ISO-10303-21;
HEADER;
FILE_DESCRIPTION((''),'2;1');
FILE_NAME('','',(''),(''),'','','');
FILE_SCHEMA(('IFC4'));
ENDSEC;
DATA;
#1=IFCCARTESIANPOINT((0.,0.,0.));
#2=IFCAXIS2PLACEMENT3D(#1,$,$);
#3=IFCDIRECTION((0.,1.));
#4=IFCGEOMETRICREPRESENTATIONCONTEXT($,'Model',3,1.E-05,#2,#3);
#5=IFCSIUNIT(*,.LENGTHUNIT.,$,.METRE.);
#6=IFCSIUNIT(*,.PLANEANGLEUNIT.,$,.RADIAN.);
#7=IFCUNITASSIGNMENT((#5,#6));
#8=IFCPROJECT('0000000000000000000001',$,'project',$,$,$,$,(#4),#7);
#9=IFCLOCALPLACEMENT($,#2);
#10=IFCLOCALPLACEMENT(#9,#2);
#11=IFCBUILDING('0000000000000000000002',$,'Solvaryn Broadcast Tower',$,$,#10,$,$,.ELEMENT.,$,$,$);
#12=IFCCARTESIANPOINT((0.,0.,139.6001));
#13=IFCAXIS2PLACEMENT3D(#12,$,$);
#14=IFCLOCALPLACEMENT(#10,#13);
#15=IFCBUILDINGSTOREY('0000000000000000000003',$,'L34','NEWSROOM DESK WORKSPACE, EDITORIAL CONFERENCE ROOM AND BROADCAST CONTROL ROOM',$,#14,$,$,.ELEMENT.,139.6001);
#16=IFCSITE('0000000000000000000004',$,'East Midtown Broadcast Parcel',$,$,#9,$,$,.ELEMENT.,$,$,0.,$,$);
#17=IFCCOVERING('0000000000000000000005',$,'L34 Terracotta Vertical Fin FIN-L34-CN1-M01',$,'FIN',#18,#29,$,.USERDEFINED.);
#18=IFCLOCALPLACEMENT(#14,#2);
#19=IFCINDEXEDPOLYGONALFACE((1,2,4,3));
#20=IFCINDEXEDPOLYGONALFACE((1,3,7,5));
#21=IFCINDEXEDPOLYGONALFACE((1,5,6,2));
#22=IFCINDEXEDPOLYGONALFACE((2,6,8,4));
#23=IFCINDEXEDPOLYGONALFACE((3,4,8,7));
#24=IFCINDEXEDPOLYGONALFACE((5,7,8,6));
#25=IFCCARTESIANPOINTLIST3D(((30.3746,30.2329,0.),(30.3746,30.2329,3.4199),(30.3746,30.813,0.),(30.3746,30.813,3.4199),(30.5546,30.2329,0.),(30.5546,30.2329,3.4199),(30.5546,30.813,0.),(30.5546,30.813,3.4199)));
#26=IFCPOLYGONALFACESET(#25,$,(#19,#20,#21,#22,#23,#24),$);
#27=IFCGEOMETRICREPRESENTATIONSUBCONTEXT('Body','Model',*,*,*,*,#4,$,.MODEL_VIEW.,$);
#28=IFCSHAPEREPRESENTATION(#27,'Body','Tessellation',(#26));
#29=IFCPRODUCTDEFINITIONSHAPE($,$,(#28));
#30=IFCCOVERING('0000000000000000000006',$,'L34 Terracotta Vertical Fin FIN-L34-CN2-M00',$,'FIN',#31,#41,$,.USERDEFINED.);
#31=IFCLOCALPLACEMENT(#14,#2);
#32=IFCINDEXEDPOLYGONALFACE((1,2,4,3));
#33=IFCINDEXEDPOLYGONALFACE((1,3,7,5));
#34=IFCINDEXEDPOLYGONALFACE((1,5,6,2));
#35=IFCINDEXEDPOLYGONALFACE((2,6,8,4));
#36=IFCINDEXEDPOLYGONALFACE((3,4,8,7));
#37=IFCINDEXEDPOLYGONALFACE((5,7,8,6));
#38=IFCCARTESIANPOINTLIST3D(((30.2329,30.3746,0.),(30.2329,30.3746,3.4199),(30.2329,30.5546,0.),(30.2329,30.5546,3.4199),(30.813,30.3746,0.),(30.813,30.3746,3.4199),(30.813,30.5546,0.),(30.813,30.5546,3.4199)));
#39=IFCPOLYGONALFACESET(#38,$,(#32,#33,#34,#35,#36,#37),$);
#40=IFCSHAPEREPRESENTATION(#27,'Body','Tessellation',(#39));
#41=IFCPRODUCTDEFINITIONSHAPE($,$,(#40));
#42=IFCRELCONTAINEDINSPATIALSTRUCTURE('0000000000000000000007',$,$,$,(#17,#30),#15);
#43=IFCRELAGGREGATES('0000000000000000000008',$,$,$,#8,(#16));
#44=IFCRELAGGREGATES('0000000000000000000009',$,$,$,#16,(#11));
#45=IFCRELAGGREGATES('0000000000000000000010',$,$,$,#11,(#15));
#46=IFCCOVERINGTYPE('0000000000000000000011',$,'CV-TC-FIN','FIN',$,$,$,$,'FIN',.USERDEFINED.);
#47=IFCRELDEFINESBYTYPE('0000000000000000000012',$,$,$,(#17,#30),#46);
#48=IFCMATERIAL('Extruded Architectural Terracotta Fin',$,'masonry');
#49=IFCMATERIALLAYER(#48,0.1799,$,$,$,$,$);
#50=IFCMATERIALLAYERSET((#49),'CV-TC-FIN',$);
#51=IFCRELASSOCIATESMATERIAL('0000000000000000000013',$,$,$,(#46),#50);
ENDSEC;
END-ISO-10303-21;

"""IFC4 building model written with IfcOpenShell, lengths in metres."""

from ifc_helpers import new_model, si_unit, direction, frame, origin, origin_2d, place, context, subcontext, project, spatial, rectangle, extrude, material, layer, layer_set, type_object, element, save


model = new_model("IFC4")

# Units and contexts
model_context = context("Model", 3, precision=1e-05, world=origin(), true_north=direction((0.0, 1.0)))
body_context = subcontext(model_context, "Body", "Model", "MODEL_VIEW")
ifc_project = project(units=[si_unit("LENGTHUNIT", "METRE"), si_unit("PLANEANGLEUNIT", "RADIAN")], contexts=[model_context])

# Site, building, storey
site_placement = place(None, origin())
site = spatial("IfcSite", under=ifc_project, at=site_placement, Name="East Midtown Broadcast Parcel", CompositionType="ELEMENT", RefElevation=0.0)
building_placement = place(site_placement, origin())
building = spatial("IfcBuilding", under=site, at=building_placement, Name="Solvaryn Broadcast Tower", CompositionType="ELEMENT")
storey_placement = place(building_placement, frame((0.0, 0.0, 139.6001)))
storey = spatial("IfcBuildingStorey", under=building, at=storey_placement, Name="L34", Description="NEWSROOM DESK WORKSPACE, EDITORIAL CONFERENCE ROOM AND BROADCAST CONTROL ROOM", CompositionType="ELEMENT", Elevation=139.6001)

# Coverings
ifc_material_1 = material(Name="Extruded Architectural Terracotta Fin", Category="masonry")
ifc_layer_1 = layer(ifc_material_1, 0.1799)
ifc_layer_set_1 = layer_set([ifc_layer_1], Name="CV-TC-FIN")
covering_type_1 = type_object("IfcCoveringType", Name="CV-TC-FIN", Description="FIN", ElementType="FIN", PredefinedType="USERDEFINED", material=ifc_layer_set_1)
covering_1_placement = place(storey_placement, frame((30.4646, 30.5229, 0.0), z_axis=(0.0, 0.0, 1.0), x_axis=(1.0, 0.0, 0.0)))
element("IfcCovering", 1, at=covering_1_placement, inside=storey, type_object=covering_type_1, Name="L34 Terracotta Vertical Fin FIN-L34-CN1-M01", ObjectType="FIN", PredefinedType="USERDEFINED", context=body_context, shape_type="SweptSolid", body=[
    extrude(rectangle(XDim=0.1799, YDim=0.5801, at=origin_2d()), origin(), (0.0, 0.0, 1.0), 3.4199),
])
covering_2_placement = place(storey_placement, frame((30.5229, 30.4646, 0.0), z_axis=(0.0, 0.0, 1.0), x_axis=(1.0, 0.0, 0.0)))
element("IfcCovering", 2, at=covering_2_placement, inside=storey, type_object=covering_type_1, Name="L34 Terracotta Vertical Fin FIN-L34-CN2-M00", ObjectType="FIN", PredefinedType="USERDEFINED", context=body_context, shape_type="SweptSolid", body=[
    extrude(rectangle(XDim=0.5801, YDim=0.1799, at=origin_2d()), origin(), (0.0, 0.0, 1.0), 3.4199),
])

save(model, "model.ifc")
